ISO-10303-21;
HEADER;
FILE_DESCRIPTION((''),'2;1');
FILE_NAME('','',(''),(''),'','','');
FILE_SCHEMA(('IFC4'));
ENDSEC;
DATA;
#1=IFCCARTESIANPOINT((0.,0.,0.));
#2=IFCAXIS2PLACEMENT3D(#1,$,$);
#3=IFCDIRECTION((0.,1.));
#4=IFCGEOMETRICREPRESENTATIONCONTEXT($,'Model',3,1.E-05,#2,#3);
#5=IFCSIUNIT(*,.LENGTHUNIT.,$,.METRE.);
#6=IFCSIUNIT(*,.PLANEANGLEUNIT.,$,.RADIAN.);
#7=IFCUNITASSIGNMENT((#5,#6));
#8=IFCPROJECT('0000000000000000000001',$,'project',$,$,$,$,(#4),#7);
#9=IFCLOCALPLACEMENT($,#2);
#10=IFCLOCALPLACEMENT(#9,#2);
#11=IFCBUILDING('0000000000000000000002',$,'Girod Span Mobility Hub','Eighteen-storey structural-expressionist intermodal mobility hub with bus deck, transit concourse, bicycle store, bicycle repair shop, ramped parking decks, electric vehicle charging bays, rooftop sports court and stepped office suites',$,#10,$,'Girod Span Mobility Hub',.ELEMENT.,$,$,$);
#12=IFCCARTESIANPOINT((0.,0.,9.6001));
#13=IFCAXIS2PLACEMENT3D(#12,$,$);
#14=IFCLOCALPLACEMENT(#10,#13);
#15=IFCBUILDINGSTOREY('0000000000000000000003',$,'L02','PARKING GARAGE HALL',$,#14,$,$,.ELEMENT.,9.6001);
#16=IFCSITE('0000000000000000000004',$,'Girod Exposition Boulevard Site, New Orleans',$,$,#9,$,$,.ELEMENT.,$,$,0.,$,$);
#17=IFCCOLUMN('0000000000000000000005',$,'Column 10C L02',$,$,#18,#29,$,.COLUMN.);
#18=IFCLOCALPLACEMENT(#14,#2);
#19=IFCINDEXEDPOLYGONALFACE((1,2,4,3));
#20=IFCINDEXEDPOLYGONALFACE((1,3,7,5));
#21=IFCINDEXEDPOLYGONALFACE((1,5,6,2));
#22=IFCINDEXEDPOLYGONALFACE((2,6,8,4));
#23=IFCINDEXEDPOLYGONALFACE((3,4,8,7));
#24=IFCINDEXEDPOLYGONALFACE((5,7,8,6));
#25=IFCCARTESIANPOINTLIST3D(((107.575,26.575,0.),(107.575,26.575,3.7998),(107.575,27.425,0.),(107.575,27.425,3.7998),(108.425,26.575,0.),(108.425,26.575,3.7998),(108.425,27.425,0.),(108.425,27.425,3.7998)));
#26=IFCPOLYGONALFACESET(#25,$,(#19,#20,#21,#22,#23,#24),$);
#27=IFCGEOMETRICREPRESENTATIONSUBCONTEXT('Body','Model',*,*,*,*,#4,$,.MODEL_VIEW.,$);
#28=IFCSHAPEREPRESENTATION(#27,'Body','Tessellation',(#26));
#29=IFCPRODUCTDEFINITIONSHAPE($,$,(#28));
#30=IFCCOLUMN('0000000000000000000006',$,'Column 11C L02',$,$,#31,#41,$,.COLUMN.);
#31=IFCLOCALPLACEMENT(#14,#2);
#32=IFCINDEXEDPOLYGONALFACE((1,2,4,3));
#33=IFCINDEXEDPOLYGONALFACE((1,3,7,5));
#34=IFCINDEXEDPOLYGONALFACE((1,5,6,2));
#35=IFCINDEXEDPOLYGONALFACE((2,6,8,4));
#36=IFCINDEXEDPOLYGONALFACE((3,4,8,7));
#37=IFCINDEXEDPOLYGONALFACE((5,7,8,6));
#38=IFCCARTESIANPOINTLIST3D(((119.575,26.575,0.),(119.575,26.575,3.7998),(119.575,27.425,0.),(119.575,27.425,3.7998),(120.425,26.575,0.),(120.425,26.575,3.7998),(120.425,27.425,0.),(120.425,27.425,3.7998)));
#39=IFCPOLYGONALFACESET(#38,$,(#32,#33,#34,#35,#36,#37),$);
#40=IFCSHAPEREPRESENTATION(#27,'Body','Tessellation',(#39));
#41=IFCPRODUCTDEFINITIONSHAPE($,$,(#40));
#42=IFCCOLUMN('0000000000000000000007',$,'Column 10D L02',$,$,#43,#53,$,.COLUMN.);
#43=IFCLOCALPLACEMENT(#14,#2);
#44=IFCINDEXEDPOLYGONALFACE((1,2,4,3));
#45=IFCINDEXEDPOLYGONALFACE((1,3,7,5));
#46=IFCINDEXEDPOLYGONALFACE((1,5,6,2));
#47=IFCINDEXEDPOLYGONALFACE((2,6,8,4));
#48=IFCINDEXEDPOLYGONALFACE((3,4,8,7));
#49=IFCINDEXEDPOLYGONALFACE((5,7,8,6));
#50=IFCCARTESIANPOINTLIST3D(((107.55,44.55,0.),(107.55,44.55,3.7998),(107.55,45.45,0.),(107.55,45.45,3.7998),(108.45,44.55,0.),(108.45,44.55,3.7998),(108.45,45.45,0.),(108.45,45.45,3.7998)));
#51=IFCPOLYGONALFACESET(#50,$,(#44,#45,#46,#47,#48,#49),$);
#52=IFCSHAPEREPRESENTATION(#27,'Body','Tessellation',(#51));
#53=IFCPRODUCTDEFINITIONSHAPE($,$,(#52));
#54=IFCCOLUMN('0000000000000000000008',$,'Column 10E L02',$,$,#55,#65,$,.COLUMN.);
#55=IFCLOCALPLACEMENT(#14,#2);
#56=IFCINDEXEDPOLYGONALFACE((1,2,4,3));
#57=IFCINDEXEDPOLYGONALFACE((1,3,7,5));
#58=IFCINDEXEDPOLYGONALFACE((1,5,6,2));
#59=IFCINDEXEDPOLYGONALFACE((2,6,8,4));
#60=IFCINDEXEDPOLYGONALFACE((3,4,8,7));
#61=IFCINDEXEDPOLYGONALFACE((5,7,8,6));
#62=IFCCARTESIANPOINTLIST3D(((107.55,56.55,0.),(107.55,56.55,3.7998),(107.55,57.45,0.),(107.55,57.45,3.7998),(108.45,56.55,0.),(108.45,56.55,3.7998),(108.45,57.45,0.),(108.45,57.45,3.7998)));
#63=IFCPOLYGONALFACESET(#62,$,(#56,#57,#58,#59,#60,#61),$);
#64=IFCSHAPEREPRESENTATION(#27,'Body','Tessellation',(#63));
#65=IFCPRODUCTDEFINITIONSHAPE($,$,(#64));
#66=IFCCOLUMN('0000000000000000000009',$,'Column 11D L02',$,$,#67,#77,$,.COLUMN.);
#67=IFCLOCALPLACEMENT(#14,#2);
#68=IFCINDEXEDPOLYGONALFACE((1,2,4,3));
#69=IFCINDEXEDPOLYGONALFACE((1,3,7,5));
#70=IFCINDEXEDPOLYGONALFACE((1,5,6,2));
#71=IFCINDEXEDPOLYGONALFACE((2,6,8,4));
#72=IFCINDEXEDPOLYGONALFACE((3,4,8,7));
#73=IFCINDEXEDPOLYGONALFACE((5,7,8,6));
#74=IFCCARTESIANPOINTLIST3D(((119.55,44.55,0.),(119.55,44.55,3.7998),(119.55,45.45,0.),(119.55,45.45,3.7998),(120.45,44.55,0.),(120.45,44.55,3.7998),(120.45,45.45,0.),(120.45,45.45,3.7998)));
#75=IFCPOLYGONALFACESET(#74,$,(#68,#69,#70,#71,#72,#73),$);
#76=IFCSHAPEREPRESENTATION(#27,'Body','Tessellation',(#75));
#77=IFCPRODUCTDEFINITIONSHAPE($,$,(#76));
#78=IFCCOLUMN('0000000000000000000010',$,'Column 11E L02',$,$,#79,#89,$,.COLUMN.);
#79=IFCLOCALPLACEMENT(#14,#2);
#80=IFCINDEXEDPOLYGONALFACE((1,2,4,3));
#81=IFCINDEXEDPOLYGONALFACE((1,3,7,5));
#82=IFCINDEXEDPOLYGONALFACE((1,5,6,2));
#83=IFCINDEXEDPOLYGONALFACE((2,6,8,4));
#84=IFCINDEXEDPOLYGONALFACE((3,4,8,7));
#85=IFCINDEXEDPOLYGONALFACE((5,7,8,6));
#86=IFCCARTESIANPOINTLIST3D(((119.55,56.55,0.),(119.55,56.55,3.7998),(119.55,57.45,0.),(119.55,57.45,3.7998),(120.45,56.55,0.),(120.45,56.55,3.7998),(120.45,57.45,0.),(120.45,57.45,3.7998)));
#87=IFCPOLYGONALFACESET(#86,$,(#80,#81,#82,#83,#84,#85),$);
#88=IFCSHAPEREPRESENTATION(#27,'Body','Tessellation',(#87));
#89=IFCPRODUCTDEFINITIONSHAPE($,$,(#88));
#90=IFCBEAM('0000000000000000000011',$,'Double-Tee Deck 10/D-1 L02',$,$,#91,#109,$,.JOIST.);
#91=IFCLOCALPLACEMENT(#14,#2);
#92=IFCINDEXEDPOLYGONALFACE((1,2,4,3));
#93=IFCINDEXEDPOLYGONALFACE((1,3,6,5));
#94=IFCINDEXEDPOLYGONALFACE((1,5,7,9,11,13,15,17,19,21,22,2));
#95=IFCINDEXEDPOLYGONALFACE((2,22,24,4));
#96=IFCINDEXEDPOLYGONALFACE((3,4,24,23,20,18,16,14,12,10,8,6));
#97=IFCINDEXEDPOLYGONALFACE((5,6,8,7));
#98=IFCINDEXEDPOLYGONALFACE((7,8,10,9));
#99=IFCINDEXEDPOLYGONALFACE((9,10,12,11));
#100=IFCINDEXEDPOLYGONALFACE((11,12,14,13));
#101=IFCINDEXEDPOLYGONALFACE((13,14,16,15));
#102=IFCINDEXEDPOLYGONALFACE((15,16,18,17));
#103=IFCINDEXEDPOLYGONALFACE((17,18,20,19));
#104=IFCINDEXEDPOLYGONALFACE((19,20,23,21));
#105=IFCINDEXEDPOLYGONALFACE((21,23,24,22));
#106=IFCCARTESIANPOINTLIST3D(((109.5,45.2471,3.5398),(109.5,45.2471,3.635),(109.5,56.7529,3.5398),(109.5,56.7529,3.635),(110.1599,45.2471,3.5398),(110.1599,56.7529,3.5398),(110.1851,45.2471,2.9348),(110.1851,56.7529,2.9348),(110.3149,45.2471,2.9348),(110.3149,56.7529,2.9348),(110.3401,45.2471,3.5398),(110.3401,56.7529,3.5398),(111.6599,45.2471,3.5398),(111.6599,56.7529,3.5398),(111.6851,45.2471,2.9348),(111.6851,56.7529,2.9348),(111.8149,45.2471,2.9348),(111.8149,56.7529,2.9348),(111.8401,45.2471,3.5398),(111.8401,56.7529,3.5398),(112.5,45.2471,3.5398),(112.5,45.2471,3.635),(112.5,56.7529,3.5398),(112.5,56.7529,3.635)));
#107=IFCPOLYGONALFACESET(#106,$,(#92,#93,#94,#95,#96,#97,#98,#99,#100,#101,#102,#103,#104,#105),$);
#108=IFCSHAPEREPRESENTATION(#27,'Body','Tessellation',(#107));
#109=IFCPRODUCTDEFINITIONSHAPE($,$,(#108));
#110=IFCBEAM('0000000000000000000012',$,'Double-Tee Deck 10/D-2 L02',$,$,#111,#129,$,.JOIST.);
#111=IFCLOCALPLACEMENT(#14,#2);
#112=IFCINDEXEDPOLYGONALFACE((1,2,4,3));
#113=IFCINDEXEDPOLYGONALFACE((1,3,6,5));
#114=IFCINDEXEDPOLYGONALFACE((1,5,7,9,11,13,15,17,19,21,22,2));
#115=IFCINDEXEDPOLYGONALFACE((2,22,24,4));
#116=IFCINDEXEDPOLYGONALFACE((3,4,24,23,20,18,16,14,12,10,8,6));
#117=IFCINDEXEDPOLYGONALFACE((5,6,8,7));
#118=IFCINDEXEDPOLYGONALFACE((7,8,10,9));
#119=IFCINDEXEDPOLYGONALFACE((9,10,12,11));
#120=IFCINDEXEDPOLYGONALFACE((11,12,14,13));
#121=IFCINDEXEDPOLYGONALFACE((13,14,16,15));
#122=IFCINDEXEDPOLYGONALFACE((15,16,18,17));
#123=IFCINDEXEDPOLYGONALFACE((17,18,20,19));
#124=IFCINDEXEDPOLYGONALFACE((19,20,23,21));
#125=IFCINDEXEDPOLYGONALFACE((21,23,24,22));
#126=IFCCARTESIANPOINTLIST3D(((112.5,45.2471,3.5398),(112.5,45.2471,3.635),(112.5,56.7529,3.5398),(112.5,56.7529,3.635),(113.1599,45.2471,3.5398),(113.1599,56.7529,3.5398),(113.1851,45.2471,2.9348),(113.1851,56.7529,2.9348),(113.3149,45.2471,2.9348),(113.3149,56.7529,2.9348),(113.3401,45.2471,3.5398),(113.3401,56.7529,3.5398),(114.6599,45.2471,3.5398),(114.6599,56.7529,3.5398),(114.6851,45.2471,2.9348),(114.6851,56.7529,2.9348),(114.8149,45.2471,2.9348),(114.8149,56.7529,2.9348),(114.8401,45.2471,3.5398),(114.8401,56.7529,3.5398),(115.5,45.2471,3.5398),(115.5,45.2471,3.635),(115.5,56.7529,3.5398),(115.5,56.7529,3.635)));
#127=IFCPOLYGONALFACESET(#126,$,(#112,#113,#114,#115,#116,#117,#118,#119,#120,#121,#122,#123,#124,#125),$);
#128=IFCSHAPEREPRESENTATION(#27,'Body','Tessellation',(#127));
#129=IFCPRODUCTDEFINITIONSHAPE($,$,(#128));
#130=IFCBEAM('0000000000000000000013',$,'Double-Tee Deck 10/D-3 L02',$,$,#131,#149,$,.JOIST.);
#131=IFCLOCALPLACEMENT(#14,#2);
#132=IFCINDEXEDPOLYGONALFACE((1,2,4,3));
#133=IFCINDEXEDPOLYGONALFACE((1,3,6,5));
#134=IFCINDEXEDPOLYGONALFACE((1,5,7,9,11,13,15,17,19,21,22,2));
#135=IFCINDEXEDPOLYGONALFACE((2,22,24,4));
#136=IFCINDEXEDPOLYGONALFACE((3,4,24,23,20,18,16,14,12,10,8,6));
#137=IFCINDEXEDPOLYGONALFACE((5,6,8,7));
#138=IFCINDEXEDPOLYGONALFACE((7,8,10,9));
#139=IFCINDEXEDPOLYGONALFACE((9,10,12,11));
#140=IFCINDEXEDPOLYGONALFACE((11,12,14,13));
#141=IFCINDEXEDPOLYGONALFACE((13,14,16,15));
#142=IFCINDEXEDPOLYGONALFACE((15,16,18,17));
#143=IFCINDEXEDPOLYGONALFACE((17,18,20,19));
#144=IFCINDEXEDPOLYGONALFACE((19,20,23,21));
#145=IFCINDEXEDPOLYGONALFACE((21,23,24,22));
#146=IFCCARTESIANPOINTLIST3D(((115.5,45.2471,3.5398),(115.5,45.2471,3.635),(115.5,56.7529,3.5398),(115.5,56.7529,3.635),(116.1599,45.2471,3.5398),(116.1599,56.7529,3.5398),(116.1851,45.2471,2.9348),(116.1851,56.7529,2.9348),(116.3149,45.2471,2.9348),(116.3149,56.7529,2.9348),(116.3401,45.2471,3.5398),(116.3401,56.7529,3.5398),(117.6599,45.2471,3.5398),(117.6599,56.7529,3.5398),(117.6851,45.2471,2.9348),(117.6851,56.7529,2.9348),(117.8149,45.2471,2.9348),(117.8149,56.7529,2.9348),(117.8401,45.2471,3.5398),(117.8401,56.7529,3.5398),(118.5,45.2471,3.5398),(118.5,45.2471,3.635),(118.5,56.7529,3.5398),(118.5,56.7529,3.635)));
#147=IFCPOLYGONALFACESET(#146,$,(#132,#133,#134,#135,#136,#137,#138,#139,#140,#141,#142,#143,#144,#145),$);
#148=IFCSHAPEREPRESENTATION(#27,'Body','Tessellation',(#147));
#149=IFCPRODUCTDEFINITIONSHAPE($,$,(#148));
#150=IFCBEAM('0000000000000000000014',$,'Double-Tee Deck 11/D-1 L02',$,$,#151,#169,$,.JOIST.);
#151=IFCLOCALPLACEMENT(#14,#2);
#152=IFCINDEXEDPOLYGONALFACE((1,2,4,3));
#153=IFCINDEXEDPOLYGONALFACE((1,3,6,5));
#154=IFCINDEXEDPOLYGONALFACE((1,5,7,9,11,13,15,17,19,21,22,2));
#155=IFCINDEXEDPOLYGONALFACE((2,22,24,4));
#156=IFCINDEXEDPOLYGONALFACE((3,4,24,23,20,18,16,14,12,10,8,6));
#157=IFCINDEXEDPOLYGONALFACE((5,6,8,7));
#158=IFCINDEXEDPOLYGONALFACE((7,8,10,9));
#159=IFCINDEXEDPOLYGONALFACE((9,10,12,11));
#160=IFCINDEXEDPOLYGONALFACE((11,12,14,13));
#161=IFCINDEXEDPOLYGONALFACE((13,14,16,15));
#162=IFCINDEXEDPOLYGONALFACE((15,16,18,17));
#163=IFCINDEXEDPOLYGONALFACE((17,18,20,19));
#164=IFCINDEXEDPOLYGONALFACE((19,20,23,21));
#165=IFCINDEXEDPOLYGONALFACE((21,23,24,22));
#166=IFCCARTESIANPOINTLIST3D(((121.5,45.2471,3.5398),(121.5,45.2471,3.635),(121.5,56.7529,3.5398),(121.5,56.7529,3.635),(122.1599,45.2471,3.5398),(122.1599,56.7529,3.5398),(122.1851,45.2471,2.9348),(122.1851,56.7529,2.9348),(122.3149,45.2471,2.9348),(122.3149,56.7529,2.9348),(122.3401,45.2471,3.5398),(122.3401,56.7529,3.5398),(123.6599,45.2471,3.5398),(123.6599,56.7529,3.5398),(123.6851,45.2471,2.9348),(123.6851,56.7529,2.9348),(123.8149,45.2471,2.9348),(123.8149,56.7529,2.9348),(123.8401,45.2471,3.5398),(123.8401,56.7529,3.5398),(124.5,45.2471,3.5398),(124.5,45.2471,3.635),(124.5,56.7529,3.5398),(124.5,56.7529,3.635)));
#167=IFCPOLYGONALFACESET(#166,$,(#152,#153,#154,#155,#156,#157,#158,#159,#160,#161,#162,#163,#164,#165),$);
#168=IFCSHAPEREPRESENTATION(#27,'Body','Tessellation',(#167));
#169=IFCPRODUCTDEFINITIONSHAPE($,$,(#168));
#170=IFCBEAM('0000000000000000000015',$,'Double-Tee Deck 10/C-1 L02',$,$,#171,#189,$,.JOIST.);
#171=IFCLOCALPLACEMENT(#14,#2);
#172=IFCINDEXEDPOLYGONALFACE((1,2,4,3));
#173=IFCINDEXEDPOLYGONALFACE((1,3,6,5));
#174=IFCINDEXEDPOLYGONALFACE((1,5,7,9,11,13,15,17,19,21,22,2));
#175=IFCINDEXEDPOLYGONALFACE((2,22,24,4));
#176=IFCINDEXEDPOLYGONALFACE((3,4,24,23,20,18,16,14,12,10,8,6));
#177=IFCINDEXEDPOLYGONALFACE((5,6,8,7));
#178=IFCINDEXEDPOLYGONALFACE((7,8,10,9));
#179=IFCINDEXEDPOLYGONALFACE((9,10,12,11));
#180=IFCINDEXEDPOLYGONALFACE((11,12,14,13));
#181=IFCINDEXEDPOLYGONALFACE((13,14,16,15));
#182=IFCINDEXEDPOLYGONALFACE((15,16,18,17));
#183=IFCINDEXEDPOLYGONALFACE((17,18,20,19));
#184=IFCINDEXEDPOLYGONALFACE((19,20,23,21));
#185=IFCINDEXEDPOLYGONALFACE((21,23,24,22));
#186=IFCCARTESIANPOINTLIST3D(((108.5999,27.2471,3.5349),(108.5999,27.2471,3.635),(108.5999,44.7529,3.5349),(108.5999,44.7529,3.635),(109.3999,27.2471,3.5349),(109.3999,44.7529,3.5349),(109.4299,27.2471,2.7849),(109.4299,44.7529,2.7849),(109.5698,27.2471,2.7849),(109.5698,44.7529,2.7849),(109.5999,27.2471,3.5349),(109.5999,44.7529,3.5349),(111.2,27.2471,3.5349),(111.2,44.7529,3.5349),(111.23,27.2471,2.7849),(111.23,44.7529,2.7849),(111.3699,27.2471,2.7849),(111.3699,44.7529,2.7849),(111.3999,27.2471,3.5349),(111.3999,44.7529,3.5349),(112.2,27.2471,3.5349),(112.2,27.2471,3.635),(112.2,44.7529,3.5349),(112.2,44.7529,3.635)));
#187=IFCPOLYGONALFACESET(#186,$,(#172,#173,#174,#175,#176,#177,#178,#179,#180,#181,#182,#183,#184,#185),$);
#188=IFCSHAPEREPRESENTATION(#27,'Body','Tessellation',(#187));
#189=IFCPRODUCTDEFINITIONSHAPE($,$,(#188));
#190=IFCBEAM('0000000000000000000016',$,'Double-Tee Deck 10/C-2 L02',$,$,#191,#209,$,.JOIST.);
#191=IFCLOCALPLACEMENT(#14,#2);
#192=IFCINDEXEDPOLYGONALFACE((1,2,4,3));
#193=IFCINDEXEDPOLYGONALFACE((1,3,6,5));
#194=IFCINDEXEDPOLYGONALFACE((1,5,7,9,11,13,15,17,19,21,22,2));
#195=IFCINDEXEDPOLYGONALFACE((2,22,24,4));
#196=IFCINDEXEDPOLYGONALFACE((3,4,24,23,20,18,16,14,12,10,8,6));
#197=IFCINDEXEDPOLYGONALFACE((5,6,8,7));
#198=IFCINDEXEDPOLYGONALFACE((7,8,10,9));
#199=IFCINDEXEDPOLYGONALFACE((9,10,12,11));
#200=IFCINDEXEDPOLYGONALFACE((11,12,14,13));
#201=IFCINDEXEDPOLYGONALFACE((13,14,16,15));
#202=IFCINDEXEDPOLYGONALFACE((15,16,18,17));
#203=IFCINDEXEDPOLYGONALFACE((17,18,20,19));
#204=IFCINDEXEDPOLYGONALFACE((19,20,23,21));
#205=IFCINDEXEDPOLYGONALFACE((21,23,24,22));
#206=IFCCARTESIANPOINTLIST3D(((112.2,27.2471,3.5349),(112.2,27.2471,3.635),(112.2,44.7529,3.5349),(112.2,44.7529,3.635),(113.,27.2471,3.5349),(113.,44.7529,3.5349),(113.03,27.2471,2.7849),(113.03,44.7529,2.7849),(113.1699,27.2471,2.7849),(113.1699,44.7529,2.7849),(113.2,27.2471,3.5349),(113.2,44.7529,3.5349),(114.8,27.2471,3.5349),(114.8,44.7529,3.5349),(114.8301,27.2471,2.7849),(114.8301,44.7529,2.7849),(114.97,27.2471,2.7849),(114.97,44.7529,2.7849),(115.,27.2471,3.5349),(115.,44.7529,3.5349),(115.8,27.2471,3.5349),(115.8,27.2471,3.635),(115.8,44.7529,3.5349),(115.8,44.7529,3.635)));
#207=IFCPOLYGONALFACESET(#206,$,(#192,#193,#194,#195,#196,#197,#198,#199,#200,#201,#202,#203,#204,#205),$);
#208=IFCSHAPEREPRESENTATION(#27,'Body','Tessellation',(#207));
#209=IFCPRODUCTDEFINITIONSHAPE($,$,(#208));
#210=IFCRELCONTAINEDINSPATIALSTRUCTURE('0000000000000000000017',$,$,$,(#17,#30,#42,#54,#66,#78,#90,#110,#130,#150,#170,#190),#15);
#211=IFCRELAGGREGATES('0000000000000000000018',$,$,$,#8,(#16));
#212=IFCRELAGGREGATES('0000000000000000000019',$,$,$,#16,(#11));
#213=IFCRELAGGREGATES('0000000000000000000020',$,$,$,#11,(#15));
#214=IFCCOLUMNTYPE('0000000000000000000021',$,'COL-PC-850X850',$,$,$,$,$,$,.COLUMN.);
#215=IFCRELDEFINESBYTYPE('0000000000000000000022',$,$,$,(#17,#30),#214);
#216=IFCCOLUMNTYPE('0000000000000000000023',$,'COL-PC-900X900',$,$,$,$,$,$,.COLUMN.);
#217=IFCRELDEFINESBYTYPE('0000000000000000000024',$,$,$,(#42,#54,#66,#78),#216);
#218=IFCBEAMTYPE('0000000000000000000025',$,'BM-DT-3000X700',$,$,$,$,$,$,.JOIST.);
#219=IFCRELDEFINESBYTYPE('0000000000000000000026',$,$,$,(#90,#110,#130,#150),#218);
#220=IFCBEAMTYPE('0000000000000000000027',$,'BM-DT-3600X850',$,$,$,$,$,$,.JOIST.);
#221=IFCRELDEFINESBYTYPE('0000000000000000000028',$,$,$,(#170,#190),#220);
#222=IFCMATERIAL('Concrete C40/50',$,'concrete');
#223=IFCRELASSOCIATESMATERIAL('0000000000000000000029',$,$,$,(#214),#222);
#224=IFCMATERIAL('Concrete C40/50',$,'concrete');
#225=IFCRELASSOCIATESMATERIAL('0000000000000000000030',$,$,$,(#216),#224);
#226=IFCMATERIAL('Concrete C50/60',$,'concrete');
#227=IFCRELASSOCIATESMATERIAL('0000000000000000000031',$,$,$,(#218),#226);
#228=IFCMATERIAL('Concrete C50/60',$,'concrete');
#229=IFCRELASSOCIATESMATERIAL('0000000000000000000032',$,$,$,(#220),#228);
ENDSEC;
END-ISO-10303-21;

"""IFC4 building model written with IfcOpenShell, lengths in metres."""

from ifc_helpers import new_model, si_unit, direction, frame, origin, origin_2d, place, context, subcontext, project, spatial, polyline, rectangle, outline, extrude, material, material_profile, profile_set, type_object, element, save


model = new_model("IFC4")

# Units and contexts
model_context = context("Model", 3, precision=1e-05, world=origin(), true_north=direction((0.0, 1.0)))
body_context = subcontext(model_context, "Body", "Model", "MODEL_VIEW")
ifc_project = project(units=[si_unit("LENGTHUNIT", "METRE"), si_unit("PLANEANGLEUNIT", "RADIAN")], contexts=[model_context])

# Site, building, storey
site_placement = place(None, origin())
site = spatial("IfcSite", under=ifc_project, at=site_placement, Name="Girod Exposition Boulevard Site, New Orleans", CompositionType="ELEMENT", RefElevation=0.0)
building_placement = place(site_placement, origin())
building = spatial("IfcBuilding", under=site, at=building_placement, Name="Girod Span Mobility Hub", Description="Eighteen-storey structural-expressionist intermodal mobility hub with bus deck, transit concourse, bicycle store, bicycle repair shop, ramped parking decks, electric vehicle charging bays, rooftop sports court and stepped office suites", LongName="Girod Span Mobility Hub", CompositionType="ELEMENT")
storey_placement = place(building_placement, frame((0.0, 0.0, 9.6001)))
storey = spatial("IfcBuildingStorey", under=building, at=storey_placement, Name="L02", Description="PARKING GARAGE HALL", CompositionType="ELEMENT", Elevation=9.6001)

# Columns
ifc_material_1 = material(Name="Concrete C40/50", Category="concrete")
ifc_material_profile_1 = material_profile(ifc_material_1, rectangle(XDim=0.8501, YDim=0.8501, at=origin_2d()), Name="PC-COL-850X850")
ifc_profile_set_1 = profile_set([ifc_material_profile_1], Name="Concrete C40/50")
column_type_1 = type_object("IfcColumnType", Name="COL-PC-850X850", PredefinedType="COLUMN", material=ifc_profile_set_1)
for number, where, z_axis, x_axis, name in (
    (1, (108.0, 27.0, 0.0), (0.0, 0.0, 1.0), (1.0, 0.0, 0.0), "Column 10C L02"),
    (2, (120.0, 27.0, 0.0), (0.0, 0.0, 1.0), (1.0, 0.0, 0.0), "Column 11C L02"),
):
    element("IfcColumn", number, at=place(storey_placement, frame(where, z_axis=z_axis, x_axis=x_axis)), inside=storey, type_object=column_type_1, Name=name, PredefinedType="COLUMN", context=body_context, shape_type="SweptSolid", body=[
        extrude(rectangle(XDim=0.8501, YDim=0.8501, at=origin_2d()), origin(), (0.0, 0.0, 1.0), 3.7998),
    ])
ifc_material_2 = material(Name="Concrete C40/50", Category="concrete")
ifc_material_profile_2 = material_profile(ifc_material_2, rectangle(XDim=0.8999, YDim=0.8999, at=origin_2d()), Name="PC-COL-900X900")
ifc_profile_set_2 = profile_set([ifc_material_profile_2], Name="Concrete C40/50")
column_type_2 = type_object("IfcColumnType", Name="COL-PC-900X900", PredefinedType="COLUMN", material=ifc_profile_set_2)
for number, where, z_axis, x_axis, name in (
    (3, (108.0, 45.0, 0.0), (0.0, 0.0, 1.0), (1.0, 0.0, 0.0), "Column 10D L02"),
    (4, (108.0, 57.0, 0.0), (0.0, 0.0, 1.0), (1.0, 0.0, 0.0), "Column 10E L02"),
    (5, (120.0, 45.0, 0.0), (0.0, 0.0, 1.0), (1.0, 0.0, 0.0), "Column 11D L02"),
    (6, (120.0, 57.0, 0.0), (0.0, 0.0, 1.0), (1.0, 0.0, 0.0), "Column 11E L02"),
):
    element("IfcColumn", number, at=place(storey_placement, frame(where, z_axis=z_axis, x_axis=x_axis)), inside=storey, type_object=column_type_2, Name=name, PredefinedType="COLUMN", context=body_context, shape_type="SweptSolid", body=[
        extrude(rectangle(XDim=0.8999, YDim=0.8999, at=origin_2d()), origin(), (0.0, 0.0, 1.0), 3.7998),
    ])

# Beams
ifc_material_3 = material(Name="Concrete C50/60", Category="concrete")
ifc_material_profile_3 = material_profile(ifc_material_3, outline(polyline([(-1.5, 0.3501), (-1.5, 0.2549), (-0.8401, 0.2549), (-0.8149, -0.3501), (-0.6851, -0.3501), (-0.6599, 0.2549), (0.6599, 0.2549), (0.6851, -0.3501), (0.8149, -0.3501), (0.8401, 0.2549), (1.5, 0.2549), (1.5, 0.3501), (-1.5, 0.3501)])), Name="DT-3000X700")
ifc_profile_set_3 = profile_set([ifc_material_profile_3], Name="Concrete C50/60")
beam_type_1 = type_object("IfcBeamType", Name="BM-DT-3000X700", PredefinedType="JOIST", material=ifc_profile_set_3)
for number, where, z_axis, x_axis, name in (
    (7, (111.0, 45.2471, 3.2849), (0.0, 1.0, 0.0), (-1.0, 0.0, 0.0), "Double-Tee Deck 10/D-1 L02"),
    (8, (114.0, 45.2471, 3.2849), (0.0, 1.0, 0.0), (-1.0, 0.0, 0.0), "Double-Tee Deck 10/D-2 L02"),
    (9, (117.0, 45.2471, 3.2849), (0.0, 1.0, 0.0), (-1.0, 0.0, 0.0), "Double-Tee Deck 10/D-3 L02"),
    (10, (123.0, 45.2471, 3.2849), (0.0, 1.0, 0.0), (-1.0, 0.0, 0.0), "Double-Tee Deck 11/D-1 L02"),
):
    element("IfcBeam", number, at=place(storey_placement, frame(where, z_axis=z_axis, x_axis=x_axis)), inside=storey, type_object=beam_type_1, Name=name, PredefinedType="JOIST", context=body_context, shape_type="SweptSolid", body=[
        extrude(outline(polyline([(-1.5, 0.3501), (-1.5, 0.2549), (-0.8401, 0.2549), (-0.8149, -0.3501), (-0.6851, -0.3501), (-0.6599, 0.2549), (0.6599, 0.2549), (0.6851, -0.3501), (0.8149, -0.3501), (0.8401, 0.2549), (1.5, 0.2549), (1.5, 0.3501), (-1.5, 0.3501)])), origin(), (0.0, 0.0, 1.0), 11.5059),
    ])
ifc_material_4 = material(Name="Concrete C50/60", Category="concrete")
ifc_material_profile_4 = material_profile(ifc_material_4, outline(polyline([(-1.8, 0.425), (-1.8, 0.325), (-1.0, 0.325), (-0.97, -0.425), (-0.8301, -0.425), (-0.8, 0.325), (0.8, 0.325), (0.8301, -0.425), (0.97, -0.425), (1.0, 0.325), (1.8, 0.325), (1.8, 0.425), (-1.8, 0.425)])), Name="DT-3600X850")
ifc_profile_set_4 = profile_set([ifc_material_profile_4], Name="Concrete C50/60")
beam_type_2 = type_object("IfcBeamType", Name="BM-DT-3600X850", PredefinedType="JOIST", material=ifc_profile_set_4)
for number, where, z_axis, x_axis, name in (
    (11, (110.3999, 27.2471, 3.21), (0.0, 1.0, 0.0), (-1.0, 0.0, 0.0), "Double-Tee Deck 10/C-1 L02"),
    (12, (114.0, 27.2471, 3.21), (0.0, 1.0, 0.0), (-1.0, 0.0, 0.0), "Double-Tee Deck 10/C-2 L02"),
):
    element("IfcBeam", number, at=place(storey_placement, frame(where, z_axis=z_axis, x_axis=x_axis)), inside=storey, type_object=beam_type_2, Name=name, PredefinedType="JOIST", context=body_context, shape_type="SweptSolid", body=[
        extrude(outline(polyline([(-1.8, 0.425), (-1.8, 0.325), (-1.0, 0.325), (-0.97, -0.425), (-0.8301, -0.425), (-0.8, 0.325), (0.8, 0.325), (0.8301, -0.425), (0.97, -0.425), (1.0, 0.325), (1.8, 0.325), (1.8, 0.425), (-1.8, 0.425)])), origin(), (0.0, 0.0, 1.0), 17.5059),
    ])

save(model, "model.ifc")
